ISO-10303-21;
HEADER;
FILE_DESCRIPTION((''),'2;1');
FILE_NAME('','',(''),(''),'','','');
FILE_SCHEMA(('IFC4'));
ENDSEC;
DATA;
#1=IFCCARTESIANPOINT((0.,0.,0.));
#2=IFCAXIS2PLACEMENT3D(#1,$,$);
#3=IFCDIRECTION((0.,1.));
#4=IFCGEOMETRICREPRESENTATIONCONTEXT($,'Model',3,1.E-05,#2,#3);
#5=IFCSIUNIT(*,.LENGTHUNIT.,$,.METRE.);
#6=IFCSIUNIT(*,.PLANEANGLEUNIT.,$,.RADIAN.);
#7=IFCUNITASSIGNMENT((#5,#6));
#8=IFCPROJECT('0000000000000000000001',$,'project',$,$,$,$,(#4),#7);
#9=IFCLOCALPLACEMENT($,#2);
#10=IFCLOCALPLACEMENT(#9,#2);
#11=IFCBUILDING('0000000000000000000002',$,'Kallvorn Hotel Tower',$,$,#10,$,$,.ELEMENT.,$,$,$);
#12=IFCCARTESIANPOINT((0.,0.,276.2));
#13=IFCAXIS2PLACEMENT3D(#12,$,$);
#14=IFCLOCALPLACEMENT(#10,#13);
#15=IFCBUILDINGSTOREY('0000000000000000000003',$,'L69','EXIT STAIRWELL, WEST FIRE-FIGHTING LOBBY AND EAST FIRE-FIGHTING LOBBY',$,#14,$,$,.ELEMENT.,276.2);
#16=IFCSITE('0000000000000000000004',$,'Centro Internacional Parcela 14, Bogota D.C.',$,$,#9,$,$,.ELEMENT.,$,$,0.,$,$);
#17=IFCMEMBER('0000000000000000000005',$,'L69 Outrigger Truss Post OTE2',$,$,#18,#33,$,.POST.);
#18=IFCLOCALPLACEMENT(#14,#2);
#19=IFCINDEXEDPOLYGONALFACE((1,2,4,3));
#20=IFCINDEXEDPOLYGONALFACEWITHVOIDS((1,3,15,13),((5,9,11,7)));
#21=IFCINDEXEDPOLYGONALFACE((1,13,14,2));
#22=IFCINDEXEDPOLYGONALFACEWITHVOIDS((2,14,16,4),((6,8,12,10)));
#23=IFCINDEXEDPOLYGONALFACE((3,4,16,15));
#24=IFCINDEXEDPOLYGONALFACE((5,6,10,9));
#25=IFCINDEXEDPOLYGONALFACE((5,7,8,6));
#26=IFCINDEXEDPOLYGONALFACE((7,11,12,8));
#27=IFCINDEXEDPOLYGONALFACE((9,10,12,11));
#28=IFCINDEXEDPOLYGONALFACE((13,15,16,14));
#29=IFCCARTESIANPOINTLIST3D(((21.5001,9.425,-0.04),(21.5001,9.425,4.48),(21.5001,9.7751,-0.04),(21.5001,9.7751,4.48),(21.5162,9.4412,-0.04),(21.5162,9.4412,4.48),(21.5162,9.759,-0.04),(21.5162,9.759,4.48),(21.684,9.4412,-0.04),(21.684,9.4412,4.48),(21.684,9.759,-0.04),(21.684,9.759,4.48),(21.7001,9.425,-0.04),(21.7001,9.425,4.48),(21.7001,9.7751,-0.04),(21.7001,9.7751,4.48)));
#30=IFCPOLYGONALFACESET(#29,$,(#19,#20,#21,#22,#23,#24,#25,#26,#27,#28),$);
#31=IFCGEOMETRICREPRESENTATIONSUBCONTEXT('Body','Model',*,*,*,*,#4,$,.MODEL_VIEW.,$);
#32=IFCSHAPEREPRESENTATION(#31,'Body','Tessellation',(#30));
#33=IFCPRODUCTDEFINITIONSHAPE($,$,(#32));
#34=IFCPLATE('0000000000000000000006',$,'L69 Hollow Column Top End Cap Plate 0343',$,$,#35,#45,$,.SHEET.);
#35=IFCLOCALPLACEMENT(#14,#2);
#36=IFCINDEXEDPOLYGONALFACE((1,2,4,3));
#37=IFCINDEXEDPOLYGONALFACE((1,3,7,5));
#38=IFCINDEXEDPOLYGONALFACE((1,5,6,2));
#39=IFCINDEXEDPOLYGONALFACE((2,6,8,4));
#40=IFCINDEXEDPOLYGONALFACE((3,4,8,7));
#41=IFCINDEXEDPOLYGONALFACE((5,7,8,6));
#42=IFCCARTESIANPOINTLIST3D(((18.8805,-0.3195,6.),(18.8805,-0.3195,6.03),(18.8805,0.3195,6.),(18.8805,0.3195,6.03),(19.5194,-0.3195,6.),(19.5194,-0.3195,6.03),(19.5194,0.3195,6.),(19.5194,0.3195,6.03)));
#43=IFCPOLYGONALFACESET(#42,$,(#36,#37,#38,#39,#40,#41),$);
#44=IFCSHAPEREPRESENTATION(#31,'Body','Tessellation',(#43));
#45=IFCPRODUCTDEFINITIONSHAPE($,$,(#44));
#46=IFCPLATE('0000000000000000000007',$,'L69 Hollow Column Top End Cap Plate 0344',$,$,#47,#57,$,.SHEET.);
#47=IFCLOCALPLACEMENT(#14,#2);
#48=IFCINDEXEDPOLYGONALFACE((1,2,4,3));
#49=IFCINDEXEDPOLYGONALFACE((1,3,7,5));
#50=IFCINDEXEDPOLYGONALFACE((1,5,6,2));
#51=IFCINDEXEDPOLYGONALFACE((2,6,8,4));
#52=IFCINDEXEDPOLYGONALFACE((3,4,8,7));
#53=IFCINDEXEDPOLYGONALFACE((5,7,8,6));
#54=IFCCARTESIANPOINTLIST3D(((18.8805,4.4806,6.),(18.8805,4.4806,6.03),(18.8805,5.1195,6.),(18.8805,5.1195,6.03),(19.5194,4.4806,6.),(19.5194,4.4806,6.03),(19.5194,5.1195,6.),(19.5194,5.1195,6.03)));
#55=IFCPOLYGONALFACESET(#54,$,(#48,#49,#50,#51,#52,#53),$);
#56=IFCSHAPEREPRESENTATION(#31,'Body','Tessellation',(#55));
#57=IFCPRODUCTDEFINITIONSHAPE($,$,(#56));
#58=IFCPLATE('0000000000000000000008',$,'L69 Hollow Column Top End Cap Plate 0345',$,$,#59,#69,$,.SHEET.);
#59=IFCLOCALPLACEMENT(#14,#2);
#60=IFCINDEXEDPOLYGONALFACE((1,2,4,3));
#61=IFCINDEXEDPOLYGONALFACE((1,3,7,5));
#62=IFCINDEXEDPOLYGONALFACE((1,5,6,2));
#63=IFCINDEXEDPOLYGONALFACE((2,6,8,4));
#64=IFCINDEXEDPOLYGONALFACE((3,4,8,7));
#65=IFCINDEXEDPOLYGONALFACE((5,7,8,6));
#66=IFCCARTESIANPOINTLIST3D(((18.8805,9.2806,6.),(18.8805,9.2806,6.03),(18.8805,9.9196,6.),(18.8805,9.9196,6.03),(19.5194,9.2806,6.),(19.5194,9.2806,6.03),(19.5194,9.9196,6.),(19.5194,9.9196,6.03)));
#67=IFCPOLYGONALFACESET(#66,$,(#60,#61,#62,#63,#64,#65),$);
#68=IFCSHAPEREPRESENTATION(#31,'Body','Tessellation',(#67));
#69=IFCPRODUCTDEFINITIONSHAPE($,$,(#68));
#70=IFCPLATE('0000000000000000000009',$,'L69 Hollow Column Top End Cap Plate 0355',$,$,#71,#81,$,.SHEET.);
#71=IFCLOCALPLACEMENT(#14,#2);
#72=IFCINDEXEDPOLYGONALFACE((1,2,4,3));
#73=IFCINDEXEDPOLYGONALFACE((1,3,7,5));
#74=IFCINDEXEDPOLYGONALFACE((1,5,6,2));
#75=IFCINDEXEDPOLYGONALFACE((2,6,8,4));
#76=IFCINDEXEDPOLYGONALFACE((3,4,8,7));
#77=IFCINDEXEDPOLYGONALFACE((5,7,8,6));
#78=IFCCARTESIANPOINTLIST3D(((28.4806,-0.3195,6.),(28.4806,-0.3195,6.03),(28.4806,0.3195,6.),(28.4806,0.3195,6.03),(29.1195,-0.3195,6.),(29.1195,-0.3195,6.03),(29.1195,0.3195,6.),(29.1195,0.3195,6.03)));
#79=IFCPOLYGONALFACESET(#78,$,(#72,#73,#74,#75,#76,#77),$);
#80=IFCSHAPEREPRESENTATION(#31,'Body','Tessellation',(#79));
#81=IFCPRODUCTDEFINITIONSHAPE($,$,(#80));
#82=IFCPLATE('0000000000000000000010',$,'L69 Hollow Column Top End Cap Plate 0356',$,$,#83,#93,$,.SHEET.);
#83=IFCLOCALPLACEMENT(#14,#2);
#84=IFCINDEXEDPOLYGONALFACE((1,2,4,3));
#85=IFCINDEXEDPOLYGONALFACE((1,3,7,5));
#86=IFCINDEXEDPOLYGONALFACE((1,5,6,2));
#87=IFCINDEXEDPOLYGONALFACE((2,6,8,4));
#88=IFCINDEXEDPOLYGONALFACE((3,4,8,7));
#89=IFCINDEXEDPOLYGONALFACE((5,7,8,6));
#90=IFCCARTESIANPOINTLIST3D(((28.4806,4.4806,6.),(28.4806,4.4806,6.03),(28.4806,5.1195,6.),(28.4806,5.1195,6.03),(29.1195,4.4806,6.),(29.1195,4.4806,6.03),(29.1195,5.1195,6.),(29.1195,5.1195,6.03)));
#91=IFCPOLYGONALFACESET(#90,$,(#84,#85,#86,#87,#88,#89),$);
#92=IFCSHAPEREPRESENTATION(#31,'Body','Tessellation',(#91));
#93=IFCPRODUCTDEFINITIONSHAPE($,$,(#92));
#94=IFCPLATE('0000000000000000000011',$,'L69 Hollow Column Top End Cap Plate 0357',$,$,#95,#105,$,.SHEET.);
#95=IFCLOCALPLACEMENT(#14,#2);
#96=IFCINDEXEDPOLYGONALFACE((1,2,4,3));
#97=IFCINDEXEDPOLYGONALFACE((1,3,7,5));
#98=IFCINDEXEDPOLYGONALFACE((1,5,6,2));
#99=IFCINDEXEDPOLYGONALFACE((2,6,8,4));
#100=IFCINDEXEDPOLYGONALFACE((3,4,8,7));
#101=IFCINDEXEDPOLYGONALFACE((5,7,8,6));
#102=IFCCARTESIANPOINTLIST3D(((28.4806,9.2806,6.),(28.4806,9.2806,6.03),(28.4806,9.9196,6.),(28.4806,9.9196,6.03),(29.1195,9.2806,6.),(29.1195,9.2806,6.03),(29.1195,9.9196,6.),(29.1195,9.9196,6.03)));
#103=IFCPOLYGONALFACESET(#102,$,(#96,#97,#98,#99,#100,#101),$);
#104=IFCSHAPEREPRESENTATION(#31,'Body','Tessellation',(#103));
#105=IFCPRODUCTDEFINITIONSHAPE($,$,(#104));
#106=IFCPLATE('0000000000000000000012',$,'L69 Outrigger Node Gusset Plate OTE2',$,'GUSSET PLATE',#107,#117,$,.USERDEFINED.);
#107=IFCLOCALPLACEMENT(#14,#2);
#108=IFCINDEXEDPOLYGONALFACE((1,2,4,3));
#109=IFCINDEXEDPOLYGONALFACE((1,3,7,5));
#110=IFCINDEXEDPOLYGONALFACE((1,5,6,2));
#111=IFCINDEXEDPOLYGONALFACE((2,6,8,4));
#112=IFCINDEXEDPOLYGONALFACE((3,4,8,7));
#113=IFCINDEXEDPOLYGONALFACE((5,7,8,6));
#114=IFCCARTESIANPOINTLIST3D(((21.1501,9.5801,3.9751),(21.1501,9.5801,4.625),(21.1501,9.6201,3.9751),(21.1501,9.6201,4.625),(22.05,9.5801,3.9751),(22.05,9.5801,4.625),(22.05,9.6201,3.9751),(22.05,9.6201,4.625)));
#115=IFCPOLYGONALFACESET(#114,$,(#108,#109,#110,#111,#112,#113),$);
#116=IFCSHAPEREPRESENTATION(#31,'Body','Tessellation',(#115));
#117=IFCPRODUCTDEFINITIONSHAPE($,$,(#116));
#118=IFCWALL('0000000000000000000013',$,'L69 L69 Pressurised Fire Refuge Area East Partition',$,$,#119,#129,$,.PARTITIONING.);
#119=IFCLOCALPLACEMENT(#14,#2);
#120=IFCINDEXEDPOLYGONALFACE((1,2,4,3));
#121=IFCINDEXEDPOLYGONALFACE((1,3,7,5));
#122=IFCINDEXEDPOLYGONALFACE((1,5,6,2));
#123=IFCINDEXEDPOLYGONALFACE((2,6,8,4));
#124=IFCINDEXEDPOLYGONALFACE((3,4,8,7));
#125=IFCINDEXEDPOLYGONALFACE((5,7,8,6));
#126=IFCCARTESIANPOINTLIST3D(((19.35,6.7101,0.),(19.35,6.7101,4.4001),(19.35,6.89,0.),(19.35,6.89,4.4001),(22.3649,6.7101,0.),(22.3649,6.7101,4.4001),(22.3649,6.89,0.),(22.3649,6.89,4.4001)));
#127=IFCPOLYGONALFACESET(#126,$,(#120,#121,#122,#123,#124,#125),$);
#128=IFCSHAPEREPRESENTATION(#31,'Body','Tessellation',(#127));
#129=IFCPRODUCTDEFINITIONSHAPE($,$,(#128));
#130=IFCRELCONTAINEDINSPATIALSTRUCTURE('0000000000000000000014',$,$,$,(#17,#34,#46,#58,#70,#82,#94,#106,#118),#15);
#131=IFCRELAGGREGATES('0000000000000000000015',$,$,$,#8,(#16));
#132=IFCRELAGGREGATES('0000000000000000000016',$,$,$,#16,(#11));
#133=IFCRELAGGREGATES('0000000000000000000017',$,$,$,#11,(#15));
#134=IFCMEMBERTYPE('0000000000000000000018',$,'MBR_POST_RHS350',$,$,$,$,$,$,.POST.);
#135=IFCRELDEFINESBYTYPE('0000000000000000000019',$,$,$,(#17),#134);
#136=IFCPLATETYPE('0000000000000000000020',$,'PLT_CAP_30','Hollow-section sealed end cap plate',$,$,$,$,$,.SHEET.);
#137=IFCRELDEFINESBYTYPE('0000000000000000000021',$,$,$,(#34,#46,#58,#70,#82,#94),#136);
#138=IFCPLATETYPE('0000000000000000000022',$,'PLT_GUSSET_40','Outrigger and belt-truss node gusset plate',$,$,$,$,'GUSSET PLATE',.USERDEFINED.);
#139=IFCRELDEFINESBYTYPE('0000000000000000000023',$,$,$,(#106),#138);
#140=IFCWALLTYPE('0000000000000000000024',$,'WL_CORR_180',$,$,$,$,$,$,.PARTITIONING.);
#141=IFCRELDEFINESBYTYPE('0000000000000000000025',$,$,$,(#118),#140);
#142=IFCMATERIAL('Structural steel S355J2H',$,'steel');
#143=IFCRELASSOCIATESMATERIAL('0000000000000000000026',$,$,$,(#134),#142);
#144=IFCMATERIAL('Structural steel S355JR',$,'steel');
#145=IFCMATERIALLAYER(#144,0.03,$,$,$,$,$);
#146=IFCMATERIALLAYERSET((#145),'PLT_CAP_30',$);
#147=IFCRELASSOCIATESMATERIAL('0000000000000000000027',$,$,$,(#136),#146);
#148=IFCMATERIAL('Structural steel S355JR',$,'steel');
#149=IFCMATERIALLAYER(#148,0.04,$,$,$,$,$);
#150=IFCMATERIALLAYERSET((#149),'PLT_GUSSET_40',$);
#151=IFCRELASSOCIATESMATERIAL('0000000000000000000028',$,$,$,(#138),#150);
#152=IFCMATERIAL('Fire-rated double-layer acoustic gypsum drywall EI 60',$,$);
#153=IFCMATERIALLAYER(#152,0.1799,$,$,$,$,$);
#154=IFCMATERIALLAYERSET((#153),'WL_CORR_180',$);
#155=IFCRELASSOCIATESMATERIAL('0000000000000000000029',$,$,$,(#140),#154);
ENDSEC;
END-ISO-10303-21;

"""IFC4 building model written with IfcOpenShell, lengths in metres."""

from ifc_helpers import new_model, si_unit, direction, frame, frame_2d, origin, origin_2d, place, context, subcontext, project, spatial, rectangle, hollow_rectangle, extrude, material, layer, layer_set, material_profile, profile_set, type_object, element, save


model = new_model("IFC4")

# Units and contexts
model_context = context("Model", 3, precision=1e-05, world=origin(), true_north=direction((0.0, 1.0)))
body_context = subcontext(model_context, "Body", "Model", "MODEL_VIEW")
ifc_project = project(units=[si_unit("LENGTHUNIT", "METRE"), si_unit("PLANEANGLEUNIT", "RADIAN")], contexts=[model_context])

# Site, building, storey
site_placement = place(None, origin())
site = spatial("IfcSite", under=ifc_project, at=site_placement, Name="Centro Internacional Parcela 14, Bogota D.C.", CompositionType="ELEMENT", RefElevation=0.0)
building_placement = place(site_placement, origin())
building = spatial("IfcBuilding", under=site, at=building_placement, Name="Kallvorn Hotel Tower", CompositionType="ELEMENT")
storey_placement = place(building_placement, frame((0.0, 0.0, 276.2)))
storey = spatial("IfcBuildingStorey", under=building, at=storey_placement, Name="L69", Description="EXIT STAIRWELL, WEST FIRE-FIGHTING LOBBY AND EAST FIRE-FIGHTING LOBBY", CompositionType="ELEMENT", Elevation=276.2)

# Member
ifc_material_1 = material(Name="Structural steel S355J2H", Category="steel")
ifc_material_profile_1 = material_profile(ifc_material_1, hollow_rectangle(XDim=0.2, YDim=0.3501, WallThickness=0.0161, at=origin_2d()), Name="RHS 350x200x16")
ifc_profile_set_1 = profile_set([ifc_material_profile_1], Name="Structural steel S355J2H")
member_type_1 = type_object("IfcMemberType", Name="MBR_POST_RHS350", PredefinedType="POST", material=ifc_profile_set_1)
member_1_placement = place(storey_placement, frame((21.6001, 9.6001, -0.04), z_axis=(0.0, 0.0, 1.0), x_axis=(1.0, 0.0, 0.0)))
element("IfcMember", 1, at=member_1_placement, inside=storey, type_object=member_type_1, Name="L69 Outrigger Truss Post OTE2", PredefinedType="POST", context=body_context, shape_type="SweptSolid", body=[
    extrude(hollow_rectangle(XDim=0.2, YDim=0.3501, WallThickness=0.0161, at=origin_2d()), origin(), (0.0, 0.0, 1.0), 4.52),
])

# Plates
ifc_material_2 = material(Name="Structural steel S355JR", Category="steel")
ifc_layer_1 = layer(ifc_material_2, 0.03)
ifc_layer_set_1 = layer_set([ifc_layer_1], Name="PLT_CAP_30")
plate_type_1 = type_object("IfcPlateType", Name="PLT_CAP_30", Description="Hollow-section sealed end cap plate", PredefinedType="SHEET", material=ifc_layer_set_1)
for number, where, z_axis, x_axis, name in (
    (2, (19.2, 0.0, 6.0), (0.0, 0.0, 1.0), (1.0, 0.0, 0.0), "L69 Hollow Column Top End Cap Plate 0343"),
    (3, (19.2, 4.8, 6.0), (0.0, 0.0, 1.0), (1.0, 0.0, 0.0), "L69 Hollow Column Top End Cap Plate 0344"),
    (4, (19.2, 9.6001, 6.0), (0.0, 0.0, 1.0), (1.0, 0.0, 0.0), "L69 Hollow Column Top End Cap Plate 0345"),
    (5, (28.8, 0.0, 6.0), (0.0, 0.0, 1.0), (1.0, 0.0, 0.0), "L69 Hollow Column Top End Cap Plate 0355"),
    (6, (28.8, 4.8, 6.0), (0.0, 0.0, 1.0), (1.0, 0.0, 0.0), "L69 Hollow Column Top End Cap Plate 0356"),
    (7, (28.8, 9.6001, 6.0), (0.0, 0.0, 1.0), (1.0, 0.0, 0.0), "L69 Hollow Column Top End Cap Plate 0357"),
):
    element("IfcPlate", number, at=place(storey_placement, frame(where, z_axis=z_axis, x_axis=x_axis)), inside=storey, type_object=plate_type_1, Name=name, PredefinedType="SHEET", context=body_context, shape_type="SweptSolid", body=[
        extrude(rectangle(XDim=0.6389, YDim=0.6389, at=origin_2d()), origin(), (0.0, 0.0, 1.0), 0.03),
    ])
ifc_material_3 = material(Name="Structural steel S355JR", Category="steel")
ifc_layer_2 = layer(ifc_material_3, 0.04)
ifc_layer_set_2 = layer_set([ifc_layer_2], Name="PLT_GUSSET_40")
plate_type_2 = type_object("IfcPlateType", Name="PLT_GUSSET_40", Description="Outrigger and belt-truss node gusset plate", ElementType="GUSSET PLATE", PredefinedType="USERDEFINED", material=ifc_layer_set_2)
plate_placement = place(storey_placement, frame((21.6001, 9.6001, 3.9751), z_axis=(0.0, 0.0, 1.0), x_axis=(1.0, 0.0, 0.0)))
element("IfcPlate", 8, at=plate_placement, inside=storey, type_object=plate_type_2, Name="L69 Outrigger Node Gusset Plate OTE2", ObjectType="GUSSET PLATE", PredefinedType="USERDEFINED", context=body_context, shape_type="SweptSolid", body=[
    extrude(rectangle(XDim=0.8999, YDim=0.04, at=origin_2d()), origin(), (0.0, 0.0, 1.0), 0.6499),
])

# Wall
ifc_material_4 = material(Name="Fire-rated double-layer acoustic gypsum drywall EI 60")
ifc_layer_3 = layer(ifc_material_4, 0.1799)
ifc_layer_set_3 = layer_set([ifc_layer_3], Name="WL_CORR_180")
wall_type = type_object("IfcWallType", Name="WL_CORR_180", PredefinedType="PARTITIONING", material=ifc_layer_set_3)
wall_placement = place(storey_placement, frame((19.3501, 6.8, 0.0), z_axis=(0.0, 0.0, 1.0), x_axis=(1.0, 0.0, 0.0)))
element("IfcWall", 9, at=wall_placement, inside=storey, type_object=wall_type, Name="L69 L69 Pressurised Fire Refuge Area East Partition", PredefinedType="PARTITIONING", context=body_context, shape_type="SweptSolid", body=[
    extrude(rectangle(XDim=3.0149, YDim=0.1799, at=frame_2d((1.5073, 0.0))), origin(), (0.0, 0.0, 1.0), 4.4001),
])

save(model, "model.ifc")
